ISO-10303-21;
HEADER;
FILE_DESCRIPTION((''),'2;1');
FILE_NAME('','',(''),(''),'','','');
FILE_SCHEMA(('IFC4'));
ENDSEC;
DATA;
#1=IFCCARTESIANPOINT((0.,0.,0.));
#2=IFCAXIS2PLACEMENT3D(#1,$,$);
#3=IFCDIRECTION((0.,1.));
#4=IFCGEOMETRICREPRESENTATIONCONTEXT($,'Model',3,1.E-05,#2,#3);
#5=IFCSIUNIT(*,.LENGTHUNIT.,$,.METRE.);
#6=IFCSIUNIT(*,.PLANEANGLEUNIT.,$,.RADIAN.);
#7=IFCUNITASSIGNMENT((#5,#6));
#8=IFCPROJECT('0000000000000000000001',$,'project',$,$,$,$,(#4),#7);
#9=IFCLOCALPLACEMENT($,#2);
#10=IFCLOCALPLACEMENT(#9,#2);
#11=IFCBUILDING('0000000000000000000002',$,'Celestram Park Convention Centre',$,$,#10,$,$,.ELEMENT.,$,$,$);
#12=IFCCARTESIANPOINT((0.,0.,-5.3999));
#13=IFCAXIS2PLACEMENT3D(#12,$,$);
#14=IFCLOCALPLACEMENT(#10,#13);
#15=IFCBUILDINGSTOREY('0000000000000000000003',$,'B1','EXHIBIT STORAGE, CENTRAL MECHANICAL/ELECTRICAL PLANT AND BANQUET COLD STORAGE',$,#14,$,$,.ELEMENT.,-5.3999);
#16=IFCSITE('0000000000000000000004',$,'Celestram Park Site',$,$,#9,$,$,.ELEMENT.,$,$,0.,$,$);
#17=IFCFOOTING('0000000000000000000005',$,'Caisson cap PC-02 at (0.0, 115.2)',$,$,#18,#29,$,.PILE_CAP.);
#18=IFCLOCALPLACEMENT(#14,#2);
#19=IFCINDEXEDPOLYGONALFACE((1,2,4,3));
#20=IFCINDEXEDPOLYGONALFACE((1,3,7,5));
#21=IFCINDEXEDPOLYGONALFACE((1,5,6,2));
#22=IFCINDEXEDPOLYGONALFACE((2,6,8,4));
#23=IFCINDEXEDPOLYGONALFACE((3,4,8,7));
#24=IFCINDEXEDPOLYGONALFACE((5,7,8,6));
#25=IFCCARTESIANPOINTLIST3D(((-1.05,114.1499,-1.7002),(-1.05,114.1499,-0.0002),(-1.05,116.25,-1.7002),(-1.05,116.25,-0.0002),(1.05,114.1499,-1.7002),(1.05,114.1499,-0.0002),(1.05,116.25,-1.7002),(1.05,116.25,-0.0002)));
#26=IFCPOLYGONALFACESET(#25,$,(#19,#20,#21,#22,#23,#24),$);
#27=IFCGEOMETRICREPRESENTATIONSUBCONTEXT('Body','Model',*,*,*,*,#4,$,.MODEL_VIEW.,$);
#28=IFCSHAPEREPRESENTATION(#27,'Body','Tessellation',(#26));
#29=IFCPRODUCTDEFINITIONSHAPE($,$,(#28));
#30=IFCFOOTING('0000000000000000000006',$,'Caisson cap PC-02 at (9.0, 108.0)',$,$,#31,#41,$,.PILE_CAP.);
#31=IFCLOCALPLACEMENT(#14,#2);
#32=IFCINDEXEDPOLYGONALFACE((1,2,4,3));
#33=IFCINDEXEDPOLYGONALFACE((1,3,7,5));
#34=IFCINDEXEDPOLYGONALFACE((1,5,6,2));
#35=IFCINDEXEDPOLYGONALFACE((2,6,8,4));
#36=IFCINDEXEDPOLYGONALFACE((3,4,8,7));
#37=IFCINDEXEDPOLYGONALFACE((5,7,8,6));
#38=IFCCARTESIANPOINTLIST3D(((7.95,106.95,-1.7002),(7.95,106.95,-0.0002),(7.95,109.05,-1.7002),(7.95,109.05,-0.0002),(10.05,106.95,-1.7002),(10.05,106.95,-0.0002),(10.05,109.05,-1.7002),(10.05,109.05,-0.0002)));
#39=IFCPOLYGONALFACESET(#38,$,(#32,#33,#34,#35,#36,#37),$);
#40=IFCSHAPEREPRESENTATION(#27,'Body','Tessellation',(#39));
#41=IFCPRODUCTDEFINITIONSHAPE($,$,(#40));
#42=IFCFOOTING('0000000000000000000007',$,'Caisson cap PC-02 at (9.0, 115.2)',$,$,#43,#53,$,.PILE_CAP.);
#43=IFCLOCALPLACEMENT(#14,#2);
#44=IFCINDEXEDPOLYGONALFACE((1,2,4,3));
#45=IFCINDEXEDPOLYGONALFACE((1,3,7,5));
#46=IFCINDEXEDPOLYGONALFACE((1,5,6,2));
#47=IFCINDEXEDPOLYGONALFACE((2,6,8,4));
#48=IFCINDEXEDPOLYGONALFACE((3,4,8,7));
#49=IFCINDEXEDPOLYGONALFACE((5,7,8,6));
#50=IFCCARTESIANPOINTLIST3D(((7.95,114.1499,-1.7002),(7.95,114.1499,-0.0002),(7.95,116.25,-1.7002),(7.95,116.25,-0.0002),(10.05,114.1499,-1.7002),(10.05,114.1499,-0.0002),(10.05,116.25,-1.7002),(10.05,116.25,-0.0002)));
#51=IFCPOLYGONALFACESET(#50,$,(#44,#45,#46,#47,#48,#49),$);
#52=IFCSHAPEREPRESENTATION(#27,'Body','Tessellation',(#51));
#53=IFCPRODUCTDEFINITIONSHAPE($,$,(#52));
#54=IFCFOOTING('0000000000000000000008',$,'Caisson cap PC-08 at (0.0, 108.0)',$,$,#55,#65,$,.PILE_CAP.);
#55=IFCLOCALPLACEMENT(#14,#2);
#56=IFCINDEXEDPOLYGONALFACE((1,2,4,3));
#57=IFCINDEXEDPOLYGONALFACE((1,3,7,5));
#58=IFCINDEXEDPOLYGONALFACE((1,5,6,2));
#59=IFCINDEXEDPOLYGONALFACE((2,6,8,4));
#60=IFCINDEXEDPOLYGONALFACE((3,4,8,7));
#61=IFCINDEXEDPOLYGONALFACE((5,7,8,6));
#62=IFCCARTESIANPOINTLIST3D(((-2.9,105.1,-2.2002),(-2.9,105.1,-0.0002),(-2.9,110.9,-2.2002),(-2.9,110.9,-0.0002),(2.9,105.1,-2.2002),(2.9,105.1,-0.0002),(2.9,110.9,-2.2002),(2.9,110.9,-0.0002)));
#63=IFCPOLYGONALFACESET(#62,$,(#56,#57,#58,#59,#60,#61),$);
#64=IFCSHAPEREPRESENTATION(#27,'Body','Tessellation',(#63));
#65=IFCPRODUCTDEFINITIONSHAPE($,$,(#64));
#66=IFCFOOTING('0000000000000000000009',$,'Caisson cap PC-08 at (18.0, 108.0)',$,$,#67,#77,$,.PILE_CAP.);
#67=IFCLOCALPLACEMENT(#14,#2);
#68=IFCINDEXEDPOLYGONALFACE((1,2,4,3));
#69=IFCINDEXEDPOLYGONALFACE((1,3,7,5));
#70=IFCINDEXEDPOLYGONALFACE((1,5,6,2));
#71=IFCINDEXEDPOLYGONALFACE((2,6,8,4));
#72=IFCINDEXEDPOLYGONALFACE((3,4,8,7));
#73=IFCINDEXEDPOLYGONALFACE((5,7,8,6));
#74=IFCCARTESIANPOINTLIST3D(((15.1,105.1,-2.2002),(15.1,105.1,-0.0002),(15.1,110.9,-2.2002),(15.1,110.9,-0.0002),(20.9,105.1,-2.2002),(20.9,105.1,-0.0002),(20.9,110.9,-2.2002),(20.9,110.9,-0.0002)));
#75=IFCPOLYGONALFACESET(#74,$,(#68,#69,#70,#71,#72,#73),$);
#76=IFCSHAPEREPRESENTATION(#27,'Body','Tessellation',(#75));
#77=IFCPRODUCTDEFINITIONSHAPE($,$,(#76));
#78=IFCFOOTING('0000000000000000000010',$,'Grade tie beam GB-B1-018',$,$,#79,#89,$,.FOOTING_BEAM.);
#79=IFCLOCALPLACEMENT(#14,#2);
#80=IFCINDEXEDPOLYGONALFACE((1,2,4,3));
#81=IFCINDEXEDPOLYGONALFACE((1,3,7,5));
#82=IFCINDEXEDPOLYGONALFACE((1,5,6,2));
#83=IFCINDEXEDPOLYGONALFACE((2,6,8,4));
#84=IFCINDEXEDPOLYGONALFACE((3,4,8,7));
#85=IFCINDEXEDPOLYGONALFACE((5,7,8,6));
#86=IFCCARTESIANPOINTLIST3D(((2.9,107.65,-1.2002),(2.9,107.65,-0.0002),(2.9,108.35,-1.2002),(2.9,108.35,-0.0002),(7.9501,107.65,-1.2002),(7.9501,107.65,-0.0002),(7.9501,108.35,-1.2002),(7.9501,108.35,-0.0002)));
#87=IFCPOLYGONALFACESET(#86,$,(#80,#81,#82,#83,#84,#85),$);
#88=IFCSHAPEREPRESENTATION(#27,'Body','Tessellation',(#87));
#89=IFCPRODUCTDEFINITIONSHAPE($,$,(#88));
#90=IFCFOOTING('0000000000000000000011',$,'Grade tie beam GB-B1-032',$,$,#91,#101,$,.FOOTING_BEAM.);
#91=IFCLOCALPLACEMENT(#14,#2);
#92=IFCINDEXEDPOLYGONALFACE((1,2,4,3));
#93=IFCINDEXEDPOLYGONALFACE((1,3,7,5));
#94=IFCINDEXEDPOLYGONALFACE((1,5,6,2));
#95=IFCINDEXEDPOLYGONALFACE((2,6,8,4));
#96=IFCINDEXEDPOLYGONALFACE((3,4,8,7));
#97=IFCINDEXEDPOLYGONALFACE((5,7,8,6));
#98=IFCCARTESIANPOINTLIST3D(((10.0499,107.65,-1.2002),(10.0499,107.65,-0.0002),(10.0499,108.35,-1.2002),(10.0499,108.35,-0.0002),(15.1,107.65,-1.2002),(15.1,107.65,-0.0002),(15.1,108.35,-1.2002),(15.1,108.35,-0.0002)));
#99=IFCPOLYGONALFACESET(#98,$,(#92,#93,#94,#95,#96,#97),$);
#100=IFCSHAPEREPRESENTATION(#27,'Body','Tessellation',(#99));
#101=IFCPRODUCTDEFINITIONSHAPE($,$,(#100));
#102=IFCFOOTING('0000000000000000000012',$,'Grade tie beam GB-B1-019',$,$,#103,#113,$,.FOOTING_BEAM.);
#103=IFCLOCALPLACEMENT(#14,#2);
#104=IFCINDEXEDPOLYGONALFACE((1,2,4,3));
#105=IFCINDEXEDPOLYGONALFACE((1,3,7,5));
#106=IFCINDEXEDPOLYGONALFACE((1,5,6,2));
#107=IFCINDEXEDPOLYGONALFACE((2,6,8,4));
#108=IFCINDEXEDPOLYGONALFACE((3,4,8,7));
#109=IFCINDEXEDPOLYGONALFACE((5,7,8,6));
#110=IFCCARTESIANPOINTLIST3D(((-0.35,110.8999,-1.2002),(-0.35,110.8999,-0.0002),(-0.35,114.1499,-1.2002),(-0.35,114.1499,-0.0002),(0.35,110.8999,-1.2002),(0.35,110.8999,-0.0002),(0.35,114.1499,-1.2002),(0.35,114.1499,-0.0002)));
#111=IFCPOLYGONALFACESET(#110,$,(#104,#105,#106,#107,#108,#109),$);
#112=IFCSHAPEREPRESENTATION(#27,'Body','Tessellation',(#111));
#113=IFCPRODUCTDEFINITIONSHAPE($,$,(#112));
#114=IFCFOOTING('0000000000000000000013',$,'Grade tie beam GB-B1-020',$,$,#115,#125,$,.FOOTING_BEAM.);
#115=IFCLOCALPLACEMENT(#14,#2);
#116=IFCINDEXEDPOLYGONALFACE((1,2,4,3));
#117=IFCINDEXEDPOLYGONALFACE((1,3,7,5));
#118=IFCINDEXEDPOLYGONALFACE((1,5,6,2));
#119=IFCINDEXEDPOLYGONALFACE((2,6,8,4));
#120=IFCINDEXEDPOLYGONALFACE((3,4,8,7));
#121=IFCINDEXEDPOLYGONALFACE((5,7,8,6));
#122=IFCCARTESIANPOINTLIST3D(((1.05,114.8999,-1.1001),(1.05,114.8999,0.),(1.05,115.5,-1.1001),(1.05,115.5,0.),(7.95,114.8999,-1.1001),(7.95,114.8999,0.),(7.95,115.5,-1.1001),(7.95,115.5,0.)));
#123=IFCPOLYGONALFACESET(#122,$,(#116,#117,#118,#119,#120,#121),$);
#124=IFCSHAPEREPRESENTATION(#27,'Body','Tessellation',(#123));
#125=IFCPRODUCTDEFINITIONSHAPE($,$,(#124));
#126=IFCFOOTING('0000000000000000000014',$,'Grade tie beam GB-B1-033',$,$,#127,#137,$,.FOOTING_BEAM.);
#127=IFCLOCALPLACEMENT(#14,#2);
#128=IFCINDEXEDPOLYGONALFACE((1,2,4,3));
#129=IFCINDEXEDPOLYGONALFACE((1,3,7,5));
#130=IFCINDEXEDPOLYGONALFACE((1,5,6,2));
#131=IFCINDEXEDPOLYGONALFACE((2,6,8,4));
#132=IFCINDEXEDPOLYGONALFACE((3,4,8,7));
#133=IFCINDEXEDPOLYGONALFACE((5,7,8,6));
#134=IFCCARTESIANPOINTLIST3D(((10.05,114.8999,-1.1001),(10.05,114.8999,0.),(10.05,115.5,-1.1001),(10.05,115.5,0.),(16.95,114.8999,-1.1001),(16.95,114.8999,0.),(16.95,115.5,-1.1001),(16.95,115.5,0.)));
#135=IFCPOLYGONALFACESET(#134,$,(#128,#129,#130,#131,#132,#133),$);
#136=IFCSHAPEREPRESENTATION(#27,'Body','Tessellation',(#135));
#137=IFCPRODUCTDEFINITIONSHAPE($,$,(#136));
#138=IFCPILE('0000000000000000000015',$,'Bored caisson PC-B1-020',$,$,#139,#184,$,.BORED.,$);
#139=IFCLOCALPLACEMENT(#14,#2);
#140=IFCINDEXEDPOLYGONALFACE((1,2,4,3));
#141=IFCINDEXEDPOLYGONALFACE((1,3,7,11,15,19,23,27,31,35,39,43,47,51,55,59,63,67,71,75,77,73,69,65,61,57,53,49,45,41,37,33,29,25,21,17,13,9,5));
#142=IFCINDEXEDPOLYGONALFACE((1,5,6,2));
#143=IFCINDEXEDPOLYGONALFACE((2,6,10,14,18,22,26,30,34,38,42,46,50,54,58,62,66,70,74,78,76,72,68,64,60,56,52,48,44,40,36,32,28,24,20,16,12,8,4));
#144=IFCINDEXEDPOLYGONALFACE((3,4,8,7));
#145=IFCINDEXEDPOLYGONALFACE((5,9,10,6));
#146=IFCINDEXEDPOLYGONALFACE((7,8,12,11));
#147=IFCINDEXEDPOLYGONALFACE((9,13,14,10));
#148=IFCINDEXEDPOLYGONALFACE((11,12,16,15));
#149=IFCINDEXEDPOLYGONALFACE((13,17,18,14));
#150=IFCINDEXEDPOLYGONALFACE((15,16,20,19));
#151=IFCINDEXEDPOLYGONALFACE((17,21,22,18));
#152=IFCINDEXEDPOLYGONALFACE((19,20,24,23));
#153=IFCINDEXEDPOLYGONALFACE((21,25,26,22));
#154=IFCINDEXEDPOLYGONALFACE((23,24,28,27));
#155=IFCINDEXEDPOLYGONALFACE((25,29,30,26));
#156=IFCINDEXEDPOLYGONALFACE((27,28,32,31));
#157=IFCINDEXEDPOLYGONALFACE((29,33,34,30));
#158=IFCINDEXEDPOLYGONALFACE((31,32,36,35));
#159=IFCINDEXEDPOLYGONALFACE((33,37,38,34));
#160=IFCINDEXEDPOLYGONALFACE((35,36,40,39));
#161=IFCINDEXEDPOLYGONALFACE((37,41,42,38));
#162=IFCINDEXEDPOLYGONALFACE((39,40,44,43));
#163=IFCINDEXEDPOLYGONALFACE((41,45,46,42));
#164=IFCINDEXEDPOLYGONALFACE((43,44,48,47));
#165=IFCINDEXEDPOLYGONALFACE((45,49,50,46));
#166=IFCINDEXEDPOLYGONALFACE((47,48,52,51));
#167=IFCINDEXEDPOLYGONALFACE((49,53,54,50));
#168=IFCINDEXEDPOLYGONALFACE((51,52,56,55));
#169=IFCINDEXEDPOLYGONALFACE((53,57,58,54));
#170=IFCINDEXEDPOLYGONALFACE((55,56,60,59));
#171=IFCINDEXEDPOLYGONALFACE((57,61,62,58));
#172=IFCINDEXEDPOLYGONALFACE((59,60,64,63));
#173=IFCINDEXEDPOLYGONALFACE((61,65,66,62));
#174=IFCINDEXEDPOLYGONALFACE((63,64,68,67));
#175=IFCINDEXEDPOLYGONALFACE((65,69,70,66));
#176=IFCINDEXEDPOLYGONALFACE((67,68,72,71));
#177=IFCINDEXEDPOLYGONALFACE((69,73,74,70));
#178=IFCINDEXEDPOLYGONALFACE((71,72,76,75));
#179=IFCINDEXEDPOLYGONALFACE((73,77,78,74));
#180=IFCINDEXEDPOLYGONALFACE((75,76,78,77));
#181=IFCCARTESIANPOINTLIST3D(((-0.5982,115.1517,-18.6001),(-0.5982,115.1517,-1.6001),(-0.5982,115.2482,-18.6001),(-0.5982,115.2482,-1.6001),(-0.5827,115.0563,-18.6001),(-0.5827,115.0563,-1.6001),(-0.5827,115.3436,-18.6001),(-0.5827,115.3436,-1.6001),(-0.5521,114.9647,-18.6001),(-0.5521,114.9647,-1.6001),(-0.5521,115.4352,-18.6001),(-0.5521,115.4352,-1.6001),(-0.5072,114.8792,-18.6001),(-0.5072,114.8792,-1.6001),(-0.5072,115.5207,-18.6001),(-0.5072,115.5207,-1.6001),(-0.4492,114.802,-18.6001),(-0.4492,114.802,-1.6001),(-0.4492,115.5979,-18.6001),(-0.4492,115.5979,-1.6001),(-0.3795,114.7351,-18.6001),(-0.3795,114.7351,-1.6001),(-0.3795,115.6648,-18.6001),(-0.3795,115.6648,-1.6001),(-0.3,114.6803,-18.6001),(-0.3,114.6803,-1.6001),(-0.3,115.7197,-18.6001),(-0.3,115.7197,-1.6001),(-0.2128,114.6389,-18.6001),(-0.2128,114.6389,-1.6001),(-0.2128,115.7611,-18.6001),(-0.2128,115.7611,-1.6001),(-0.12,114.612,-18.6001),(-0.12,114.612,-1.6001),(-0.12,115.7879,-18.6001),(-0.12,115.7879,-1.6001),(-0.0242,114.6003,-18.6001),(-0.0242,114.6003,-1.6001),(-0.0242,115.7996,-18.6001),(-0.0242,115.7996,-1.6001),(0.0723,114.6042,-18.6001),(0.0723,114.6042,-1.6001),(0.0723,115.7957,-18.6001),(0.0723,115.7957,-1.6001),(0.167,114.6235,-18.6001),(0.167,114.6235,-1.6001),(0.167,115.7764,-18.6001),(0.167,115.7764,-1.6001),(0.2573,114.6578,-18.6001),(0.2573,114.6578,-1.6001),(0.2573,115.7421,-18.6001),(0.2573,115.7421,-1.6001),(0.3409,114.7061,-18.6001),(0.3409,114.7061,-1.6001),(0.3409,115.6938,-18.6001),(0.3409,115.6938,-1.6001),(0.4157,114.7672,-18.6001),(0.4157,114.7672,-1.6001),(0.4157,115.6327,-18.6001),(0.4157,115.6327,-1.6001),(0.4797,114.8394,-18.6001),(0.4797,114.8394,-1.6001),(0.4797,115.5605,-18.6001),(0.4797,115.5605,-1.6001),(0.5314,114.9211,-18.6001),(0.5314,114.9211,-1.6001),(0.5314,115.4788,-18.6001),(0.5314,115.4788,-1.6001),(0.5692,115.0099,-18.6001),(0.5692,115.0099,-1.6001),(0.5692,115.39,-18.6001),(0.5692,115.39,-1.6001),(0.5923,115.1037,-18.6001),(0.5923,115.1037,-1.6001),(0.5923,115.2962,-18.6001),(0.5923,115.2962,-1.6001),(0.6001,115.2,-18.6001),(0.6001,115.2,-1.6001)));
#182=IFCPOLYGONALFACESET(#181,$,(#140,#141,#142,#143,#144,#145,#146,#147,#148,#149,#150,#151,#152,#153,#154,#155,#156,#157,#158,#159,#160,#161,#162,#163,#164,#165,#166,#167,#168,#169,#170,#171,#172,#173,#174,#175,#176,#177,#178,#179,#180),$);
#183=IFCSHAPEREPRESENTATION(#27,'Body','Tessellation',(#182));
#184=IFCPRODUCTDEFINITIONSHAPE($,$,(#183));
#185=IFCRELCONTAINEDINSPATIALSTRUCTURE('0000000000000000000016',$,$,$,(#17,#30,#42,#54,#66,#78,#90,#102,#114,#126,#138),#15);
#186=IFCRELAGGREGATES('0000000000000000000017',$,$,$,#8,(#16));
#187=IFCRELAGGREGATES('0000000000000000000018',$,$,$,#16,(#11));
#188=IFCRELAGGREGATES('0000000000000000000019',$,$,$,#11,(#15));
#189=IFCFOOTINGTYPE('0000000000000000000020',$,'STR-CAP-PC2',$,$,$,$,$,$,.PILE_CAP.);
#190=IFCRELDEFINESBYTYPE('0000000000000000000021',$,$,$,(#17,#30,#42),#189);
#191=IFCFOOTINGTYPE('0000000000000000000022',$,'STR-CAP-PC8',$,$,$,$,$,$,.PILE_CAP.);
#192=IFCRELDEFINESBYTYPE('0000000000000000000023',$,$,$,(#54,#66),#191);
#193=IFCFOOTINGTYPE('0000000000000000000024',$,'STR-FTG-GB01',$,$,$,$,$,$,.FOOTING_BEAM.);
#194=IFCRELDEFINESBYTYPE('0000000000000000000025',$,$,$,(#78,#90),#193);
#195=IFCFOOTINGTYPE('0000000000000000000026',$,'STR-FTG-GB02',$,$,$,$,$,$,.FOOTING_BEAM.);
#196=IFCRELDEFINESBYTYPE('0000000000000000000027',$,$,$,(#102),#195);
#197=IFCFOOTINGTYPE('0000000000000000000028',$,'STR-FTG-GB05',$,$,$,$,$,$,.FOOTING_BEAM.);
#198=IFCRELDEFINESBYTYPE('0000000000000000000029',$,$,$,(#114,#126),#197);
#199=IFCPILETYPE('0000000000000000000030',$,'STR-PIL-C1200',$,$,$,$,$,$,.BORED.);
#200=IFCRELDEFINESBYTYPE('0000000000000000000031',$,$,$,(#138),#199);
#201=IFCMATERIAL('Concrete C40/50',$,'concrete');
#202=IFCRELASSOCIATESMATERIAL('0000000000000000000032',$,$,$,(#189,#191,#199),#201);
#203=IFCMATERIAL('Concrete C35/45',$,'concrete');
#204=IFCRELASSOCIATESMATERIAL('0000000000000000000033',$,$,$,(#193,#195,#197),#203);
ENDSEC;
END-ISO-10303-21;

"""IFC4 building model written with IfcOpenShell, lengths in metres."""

from ifc_helpers import new_model, si_unit, direction, frame, origin, origin_2d, place, context, subcontext, project, spatial, rectangle, circle, extrude, material, material_profile, profile_set, type_object, element, save


model = new_model("IFC4")

# Units and contexts
model_context = context("Model", 3, precision=1e-05, world=origin(), true_north=direction((0.0, 1.0)))
body_context = subcontext(model_context, "Body", "Model", "MODEL_VIEW")
ifc_project = project(units=[si_unit("LENGTHUNIT", "METRE"), si_unit("PLANEANGLEUNIT", "RADIAN")], contexts=[model_context])

# Site, building, storey
site_placement = place(None, origin())
site = spatial("IfcSite", under=ifc_project, at=site_placement, Name="Celestram Park Site", CompositionType="ELEMENT", RefElevation=0.0)
building_placement = place(site_placement, origin())
building = spatial("IfcBuilding", under=site, at=building_placement, Name="Celestram Park Convention Centre", CompositionType="ELEMENT")
storey_placement = place(building_placement, frame((0.0, 0.0, -5.3999)))
storey = spatial("IfcBuildingStorey", under=building, at=storey_placement, Name="B1", Description="EXHIBIT STORAGE, CENTRAL MECHANICAL/ELECTRICAL PLANT AND BANQUET COLD STORAGE", CompositionType="ELEMENT", Elevation=-5.3999)

# Footings
ifc_material_1 = material(Name="Concrete C40/50", Category="concrete")
footing_type_1 = type_object("IfcFootingType", Name="STR-CAP-PC2", PredefinedType="PILE_CAP", material=ifc_material_1)
for number, where, z_axis, x_axis, name in (
    (1, (0.0, 115.2, -1.7002), (0.0, 0.0, 1.0), (1.0, 0.0, 0.0), "Caisson cap PC-02 at (0.0, 115.2)"),
    (2, (9.0, 108.0, -1.7002), (0.0, 0.0, 1.0), (1.0, 0.0, 0.0), "Caisson cap PC-02 at (9.0, 108.0)"),
    (3, (9.0, 115.2, -1.7002), (0.0, 0.0, 1.0), (1.0, 0.0, 0.0), "Caisson cap PC-02 at (9.0, 115.2)"),
):
    element("IfcFooting", number, at=place(storey_placement, frame(where, z_axis=z_axis, x_axis=x_axis)), inside=storey, type_object=footing_type_1, Name=name, PredefinedType="PILE_CAP", context=body_context, shape_type="SweptSolid", body=[
        extrude(rectangle(XDim=2.1001, YDim=2.1001, at=origin_2d()), origin(), (0.0, 0.0, 1.0), 1.7),
    ])
footing_type_2 = type_object("IfcFootingType", Name="STR-CAP-PC8", PredefinedType="PILE_CAP", material=ifc_material_1)
for number, where, z_axis, x_axis, name in (
    (4, (0.0, 108.0, -2.2002), (0.0, 0.0, 1.0), (1.0, 0.0, 0.0), "Caisson cap PC-08 at (0.0, 108.0)"),
    (5, (18.0, 108.0, -2.2002), (0.0, 0.0, 1.0), (1.0, 0.0, 0.0), "Caisson cap PC-08 at (18.0, 108.0)"),
):
    element("IfcFooting", number, at=place(storey_placement, frame(where, z_axis=z_axis, x_axis=x_axis)), inside=storey, type_object=footing_type_2, Name=name, PredefinedType="PILE_CAP", context=body_context, shape_type="SweptSolid", body=[
        extrude(rectangle(XDim=5.8, YDim=5.8, at=origin_2d()), origin(), (0.0, 0.0, 1.0), 2.2),
    ])
ifc_material_2 = material(Name="Concrete C35/45", Category="concrete")
footing_type_3 = type_object("IfcFootingType", Name="STR-FTG-GB01", PredefinedType="FOOTING_BEAM", material=ifc_material_2)
for number, where, z_axis, x_axis, name in (
    (6, (5.425, 108.0, -1.2002), (0.0, 0.0, 1.0), (1.0, 0.0, 0.0), "Grade tie beam GB-B1-018"),
    (7, (12.575, 108.0, -1.2002), (0.0, 0.0, 1.0), (1.0, 0.0, 0.0), "Grade tie beam GB-B1-032"),
):
    element("IfcFooting", number, at=place(storey_placement, frame(where, z_axis=z_axis, x_axis=x_axis)), inside=storey, type_object=footing_type_3, Name=name, PredefinedType="FOOTING_BEAM", context=body_context, shape_type="SweptSolid", body=[
        extrude(rectangle(XDim=5.05, YDim=0.7, at=origin_2d()), origin(), (0.0, 0.0, 1.0), 1.2),
    ])
footing_type_4 = type_object("IfcFootingType", Name="STR-FTG-GB02", PredefinedType="FOOTING_BEAM", material=ifc_material_2)
footing_placement = place(storey_placement, frame((0.0, 112.5249, -1.2002), z_axis=(0.0, 0.0, 1.0), x_axis=(0.0, 1.0, 0.0)))
element("IfcFooting", 8, at=footing_placement, inside=storey, type_object=footing_type_4, Name="Grade tie beam GB-B1-019", PredefinedType="FOOTING_BEAM", context=body_context, shape_type="SweptSolid", body=[
    extrude(rectangle(XDim=3.25, YDim=0.7, at=origin_2d()), origin(), (0.0, 0.0, 1.0), 1.2),
])
footing_type_5 = type_object("IfcFootingType", Name="STR-FTG-GB05", PredefinedType="FOOTING_BEAM", material=ifc_material_2)
for number, where, z_axis, x_axis, name in (
    (9, (4.5, 115.2, -1.1001), (0.0, 0.0, 1.0), (1.0, 0.0, 0.0), "Grade tie beam GB-B1-020"),
    (10, (13.5, 115.2, -1.1001), (0.0, 0.0, 1.0), (1.0, 0.0, 0.0), "Grade tie beam GB-B1-033"),
):
    element("IfcFooting", number, at=place(storey_placement, frame(where, z_axis=z_axis, x_axis=x_axis)), inside=storey, type_object=footing_type_5, Name=name, PredefinedType="FOOTING_BEAM", context=body_context, shape_type="SweptSolid", body=[
        extrude(rectangle(XDim=6.8999, YDim=0.6001, at=origin_2d()), origin(), (0.0, 0.0, 1.0), 1.1001),
    ])

# Pile
ifc_material_profile_1 = material_profile(ifc_material_1, circle(Radius=0.6001, at=origin_2d()), Name="CAISSON1200")
ifc_profile_set_1 = profile_set([ifc_material_profile_1], Name="Concrete C40/50")
pile_type_1 = type_object("IfcPileType", Name="STR-PIL-C1200", PredefinedType="BORED", material=ifc_profile_set_1)
for number, where, z_axis, x_axis, name in (
    (11, (0.0, 115.2, -1.6001), (0.0, 0.0, -1.0), (1.0, 0.0, 0.0), "Bored caisson PC-B1-020"),
):
    element("IfcPile", number, at=place(storey_placement, frame(where, z_axis=z_axis, x_axis=x_axis)), inside=storey, type_object=pile_type_1, Name=name, PredefinedType="BORED", context=body_context, shape_type="SweptSolid", body=[
        extrude(circle(Radius=0.6001, at=origin_2d()), origin(), (0.0, 0.0, 1.0), 17.0),
    ])

save(model, "model.ifc")
